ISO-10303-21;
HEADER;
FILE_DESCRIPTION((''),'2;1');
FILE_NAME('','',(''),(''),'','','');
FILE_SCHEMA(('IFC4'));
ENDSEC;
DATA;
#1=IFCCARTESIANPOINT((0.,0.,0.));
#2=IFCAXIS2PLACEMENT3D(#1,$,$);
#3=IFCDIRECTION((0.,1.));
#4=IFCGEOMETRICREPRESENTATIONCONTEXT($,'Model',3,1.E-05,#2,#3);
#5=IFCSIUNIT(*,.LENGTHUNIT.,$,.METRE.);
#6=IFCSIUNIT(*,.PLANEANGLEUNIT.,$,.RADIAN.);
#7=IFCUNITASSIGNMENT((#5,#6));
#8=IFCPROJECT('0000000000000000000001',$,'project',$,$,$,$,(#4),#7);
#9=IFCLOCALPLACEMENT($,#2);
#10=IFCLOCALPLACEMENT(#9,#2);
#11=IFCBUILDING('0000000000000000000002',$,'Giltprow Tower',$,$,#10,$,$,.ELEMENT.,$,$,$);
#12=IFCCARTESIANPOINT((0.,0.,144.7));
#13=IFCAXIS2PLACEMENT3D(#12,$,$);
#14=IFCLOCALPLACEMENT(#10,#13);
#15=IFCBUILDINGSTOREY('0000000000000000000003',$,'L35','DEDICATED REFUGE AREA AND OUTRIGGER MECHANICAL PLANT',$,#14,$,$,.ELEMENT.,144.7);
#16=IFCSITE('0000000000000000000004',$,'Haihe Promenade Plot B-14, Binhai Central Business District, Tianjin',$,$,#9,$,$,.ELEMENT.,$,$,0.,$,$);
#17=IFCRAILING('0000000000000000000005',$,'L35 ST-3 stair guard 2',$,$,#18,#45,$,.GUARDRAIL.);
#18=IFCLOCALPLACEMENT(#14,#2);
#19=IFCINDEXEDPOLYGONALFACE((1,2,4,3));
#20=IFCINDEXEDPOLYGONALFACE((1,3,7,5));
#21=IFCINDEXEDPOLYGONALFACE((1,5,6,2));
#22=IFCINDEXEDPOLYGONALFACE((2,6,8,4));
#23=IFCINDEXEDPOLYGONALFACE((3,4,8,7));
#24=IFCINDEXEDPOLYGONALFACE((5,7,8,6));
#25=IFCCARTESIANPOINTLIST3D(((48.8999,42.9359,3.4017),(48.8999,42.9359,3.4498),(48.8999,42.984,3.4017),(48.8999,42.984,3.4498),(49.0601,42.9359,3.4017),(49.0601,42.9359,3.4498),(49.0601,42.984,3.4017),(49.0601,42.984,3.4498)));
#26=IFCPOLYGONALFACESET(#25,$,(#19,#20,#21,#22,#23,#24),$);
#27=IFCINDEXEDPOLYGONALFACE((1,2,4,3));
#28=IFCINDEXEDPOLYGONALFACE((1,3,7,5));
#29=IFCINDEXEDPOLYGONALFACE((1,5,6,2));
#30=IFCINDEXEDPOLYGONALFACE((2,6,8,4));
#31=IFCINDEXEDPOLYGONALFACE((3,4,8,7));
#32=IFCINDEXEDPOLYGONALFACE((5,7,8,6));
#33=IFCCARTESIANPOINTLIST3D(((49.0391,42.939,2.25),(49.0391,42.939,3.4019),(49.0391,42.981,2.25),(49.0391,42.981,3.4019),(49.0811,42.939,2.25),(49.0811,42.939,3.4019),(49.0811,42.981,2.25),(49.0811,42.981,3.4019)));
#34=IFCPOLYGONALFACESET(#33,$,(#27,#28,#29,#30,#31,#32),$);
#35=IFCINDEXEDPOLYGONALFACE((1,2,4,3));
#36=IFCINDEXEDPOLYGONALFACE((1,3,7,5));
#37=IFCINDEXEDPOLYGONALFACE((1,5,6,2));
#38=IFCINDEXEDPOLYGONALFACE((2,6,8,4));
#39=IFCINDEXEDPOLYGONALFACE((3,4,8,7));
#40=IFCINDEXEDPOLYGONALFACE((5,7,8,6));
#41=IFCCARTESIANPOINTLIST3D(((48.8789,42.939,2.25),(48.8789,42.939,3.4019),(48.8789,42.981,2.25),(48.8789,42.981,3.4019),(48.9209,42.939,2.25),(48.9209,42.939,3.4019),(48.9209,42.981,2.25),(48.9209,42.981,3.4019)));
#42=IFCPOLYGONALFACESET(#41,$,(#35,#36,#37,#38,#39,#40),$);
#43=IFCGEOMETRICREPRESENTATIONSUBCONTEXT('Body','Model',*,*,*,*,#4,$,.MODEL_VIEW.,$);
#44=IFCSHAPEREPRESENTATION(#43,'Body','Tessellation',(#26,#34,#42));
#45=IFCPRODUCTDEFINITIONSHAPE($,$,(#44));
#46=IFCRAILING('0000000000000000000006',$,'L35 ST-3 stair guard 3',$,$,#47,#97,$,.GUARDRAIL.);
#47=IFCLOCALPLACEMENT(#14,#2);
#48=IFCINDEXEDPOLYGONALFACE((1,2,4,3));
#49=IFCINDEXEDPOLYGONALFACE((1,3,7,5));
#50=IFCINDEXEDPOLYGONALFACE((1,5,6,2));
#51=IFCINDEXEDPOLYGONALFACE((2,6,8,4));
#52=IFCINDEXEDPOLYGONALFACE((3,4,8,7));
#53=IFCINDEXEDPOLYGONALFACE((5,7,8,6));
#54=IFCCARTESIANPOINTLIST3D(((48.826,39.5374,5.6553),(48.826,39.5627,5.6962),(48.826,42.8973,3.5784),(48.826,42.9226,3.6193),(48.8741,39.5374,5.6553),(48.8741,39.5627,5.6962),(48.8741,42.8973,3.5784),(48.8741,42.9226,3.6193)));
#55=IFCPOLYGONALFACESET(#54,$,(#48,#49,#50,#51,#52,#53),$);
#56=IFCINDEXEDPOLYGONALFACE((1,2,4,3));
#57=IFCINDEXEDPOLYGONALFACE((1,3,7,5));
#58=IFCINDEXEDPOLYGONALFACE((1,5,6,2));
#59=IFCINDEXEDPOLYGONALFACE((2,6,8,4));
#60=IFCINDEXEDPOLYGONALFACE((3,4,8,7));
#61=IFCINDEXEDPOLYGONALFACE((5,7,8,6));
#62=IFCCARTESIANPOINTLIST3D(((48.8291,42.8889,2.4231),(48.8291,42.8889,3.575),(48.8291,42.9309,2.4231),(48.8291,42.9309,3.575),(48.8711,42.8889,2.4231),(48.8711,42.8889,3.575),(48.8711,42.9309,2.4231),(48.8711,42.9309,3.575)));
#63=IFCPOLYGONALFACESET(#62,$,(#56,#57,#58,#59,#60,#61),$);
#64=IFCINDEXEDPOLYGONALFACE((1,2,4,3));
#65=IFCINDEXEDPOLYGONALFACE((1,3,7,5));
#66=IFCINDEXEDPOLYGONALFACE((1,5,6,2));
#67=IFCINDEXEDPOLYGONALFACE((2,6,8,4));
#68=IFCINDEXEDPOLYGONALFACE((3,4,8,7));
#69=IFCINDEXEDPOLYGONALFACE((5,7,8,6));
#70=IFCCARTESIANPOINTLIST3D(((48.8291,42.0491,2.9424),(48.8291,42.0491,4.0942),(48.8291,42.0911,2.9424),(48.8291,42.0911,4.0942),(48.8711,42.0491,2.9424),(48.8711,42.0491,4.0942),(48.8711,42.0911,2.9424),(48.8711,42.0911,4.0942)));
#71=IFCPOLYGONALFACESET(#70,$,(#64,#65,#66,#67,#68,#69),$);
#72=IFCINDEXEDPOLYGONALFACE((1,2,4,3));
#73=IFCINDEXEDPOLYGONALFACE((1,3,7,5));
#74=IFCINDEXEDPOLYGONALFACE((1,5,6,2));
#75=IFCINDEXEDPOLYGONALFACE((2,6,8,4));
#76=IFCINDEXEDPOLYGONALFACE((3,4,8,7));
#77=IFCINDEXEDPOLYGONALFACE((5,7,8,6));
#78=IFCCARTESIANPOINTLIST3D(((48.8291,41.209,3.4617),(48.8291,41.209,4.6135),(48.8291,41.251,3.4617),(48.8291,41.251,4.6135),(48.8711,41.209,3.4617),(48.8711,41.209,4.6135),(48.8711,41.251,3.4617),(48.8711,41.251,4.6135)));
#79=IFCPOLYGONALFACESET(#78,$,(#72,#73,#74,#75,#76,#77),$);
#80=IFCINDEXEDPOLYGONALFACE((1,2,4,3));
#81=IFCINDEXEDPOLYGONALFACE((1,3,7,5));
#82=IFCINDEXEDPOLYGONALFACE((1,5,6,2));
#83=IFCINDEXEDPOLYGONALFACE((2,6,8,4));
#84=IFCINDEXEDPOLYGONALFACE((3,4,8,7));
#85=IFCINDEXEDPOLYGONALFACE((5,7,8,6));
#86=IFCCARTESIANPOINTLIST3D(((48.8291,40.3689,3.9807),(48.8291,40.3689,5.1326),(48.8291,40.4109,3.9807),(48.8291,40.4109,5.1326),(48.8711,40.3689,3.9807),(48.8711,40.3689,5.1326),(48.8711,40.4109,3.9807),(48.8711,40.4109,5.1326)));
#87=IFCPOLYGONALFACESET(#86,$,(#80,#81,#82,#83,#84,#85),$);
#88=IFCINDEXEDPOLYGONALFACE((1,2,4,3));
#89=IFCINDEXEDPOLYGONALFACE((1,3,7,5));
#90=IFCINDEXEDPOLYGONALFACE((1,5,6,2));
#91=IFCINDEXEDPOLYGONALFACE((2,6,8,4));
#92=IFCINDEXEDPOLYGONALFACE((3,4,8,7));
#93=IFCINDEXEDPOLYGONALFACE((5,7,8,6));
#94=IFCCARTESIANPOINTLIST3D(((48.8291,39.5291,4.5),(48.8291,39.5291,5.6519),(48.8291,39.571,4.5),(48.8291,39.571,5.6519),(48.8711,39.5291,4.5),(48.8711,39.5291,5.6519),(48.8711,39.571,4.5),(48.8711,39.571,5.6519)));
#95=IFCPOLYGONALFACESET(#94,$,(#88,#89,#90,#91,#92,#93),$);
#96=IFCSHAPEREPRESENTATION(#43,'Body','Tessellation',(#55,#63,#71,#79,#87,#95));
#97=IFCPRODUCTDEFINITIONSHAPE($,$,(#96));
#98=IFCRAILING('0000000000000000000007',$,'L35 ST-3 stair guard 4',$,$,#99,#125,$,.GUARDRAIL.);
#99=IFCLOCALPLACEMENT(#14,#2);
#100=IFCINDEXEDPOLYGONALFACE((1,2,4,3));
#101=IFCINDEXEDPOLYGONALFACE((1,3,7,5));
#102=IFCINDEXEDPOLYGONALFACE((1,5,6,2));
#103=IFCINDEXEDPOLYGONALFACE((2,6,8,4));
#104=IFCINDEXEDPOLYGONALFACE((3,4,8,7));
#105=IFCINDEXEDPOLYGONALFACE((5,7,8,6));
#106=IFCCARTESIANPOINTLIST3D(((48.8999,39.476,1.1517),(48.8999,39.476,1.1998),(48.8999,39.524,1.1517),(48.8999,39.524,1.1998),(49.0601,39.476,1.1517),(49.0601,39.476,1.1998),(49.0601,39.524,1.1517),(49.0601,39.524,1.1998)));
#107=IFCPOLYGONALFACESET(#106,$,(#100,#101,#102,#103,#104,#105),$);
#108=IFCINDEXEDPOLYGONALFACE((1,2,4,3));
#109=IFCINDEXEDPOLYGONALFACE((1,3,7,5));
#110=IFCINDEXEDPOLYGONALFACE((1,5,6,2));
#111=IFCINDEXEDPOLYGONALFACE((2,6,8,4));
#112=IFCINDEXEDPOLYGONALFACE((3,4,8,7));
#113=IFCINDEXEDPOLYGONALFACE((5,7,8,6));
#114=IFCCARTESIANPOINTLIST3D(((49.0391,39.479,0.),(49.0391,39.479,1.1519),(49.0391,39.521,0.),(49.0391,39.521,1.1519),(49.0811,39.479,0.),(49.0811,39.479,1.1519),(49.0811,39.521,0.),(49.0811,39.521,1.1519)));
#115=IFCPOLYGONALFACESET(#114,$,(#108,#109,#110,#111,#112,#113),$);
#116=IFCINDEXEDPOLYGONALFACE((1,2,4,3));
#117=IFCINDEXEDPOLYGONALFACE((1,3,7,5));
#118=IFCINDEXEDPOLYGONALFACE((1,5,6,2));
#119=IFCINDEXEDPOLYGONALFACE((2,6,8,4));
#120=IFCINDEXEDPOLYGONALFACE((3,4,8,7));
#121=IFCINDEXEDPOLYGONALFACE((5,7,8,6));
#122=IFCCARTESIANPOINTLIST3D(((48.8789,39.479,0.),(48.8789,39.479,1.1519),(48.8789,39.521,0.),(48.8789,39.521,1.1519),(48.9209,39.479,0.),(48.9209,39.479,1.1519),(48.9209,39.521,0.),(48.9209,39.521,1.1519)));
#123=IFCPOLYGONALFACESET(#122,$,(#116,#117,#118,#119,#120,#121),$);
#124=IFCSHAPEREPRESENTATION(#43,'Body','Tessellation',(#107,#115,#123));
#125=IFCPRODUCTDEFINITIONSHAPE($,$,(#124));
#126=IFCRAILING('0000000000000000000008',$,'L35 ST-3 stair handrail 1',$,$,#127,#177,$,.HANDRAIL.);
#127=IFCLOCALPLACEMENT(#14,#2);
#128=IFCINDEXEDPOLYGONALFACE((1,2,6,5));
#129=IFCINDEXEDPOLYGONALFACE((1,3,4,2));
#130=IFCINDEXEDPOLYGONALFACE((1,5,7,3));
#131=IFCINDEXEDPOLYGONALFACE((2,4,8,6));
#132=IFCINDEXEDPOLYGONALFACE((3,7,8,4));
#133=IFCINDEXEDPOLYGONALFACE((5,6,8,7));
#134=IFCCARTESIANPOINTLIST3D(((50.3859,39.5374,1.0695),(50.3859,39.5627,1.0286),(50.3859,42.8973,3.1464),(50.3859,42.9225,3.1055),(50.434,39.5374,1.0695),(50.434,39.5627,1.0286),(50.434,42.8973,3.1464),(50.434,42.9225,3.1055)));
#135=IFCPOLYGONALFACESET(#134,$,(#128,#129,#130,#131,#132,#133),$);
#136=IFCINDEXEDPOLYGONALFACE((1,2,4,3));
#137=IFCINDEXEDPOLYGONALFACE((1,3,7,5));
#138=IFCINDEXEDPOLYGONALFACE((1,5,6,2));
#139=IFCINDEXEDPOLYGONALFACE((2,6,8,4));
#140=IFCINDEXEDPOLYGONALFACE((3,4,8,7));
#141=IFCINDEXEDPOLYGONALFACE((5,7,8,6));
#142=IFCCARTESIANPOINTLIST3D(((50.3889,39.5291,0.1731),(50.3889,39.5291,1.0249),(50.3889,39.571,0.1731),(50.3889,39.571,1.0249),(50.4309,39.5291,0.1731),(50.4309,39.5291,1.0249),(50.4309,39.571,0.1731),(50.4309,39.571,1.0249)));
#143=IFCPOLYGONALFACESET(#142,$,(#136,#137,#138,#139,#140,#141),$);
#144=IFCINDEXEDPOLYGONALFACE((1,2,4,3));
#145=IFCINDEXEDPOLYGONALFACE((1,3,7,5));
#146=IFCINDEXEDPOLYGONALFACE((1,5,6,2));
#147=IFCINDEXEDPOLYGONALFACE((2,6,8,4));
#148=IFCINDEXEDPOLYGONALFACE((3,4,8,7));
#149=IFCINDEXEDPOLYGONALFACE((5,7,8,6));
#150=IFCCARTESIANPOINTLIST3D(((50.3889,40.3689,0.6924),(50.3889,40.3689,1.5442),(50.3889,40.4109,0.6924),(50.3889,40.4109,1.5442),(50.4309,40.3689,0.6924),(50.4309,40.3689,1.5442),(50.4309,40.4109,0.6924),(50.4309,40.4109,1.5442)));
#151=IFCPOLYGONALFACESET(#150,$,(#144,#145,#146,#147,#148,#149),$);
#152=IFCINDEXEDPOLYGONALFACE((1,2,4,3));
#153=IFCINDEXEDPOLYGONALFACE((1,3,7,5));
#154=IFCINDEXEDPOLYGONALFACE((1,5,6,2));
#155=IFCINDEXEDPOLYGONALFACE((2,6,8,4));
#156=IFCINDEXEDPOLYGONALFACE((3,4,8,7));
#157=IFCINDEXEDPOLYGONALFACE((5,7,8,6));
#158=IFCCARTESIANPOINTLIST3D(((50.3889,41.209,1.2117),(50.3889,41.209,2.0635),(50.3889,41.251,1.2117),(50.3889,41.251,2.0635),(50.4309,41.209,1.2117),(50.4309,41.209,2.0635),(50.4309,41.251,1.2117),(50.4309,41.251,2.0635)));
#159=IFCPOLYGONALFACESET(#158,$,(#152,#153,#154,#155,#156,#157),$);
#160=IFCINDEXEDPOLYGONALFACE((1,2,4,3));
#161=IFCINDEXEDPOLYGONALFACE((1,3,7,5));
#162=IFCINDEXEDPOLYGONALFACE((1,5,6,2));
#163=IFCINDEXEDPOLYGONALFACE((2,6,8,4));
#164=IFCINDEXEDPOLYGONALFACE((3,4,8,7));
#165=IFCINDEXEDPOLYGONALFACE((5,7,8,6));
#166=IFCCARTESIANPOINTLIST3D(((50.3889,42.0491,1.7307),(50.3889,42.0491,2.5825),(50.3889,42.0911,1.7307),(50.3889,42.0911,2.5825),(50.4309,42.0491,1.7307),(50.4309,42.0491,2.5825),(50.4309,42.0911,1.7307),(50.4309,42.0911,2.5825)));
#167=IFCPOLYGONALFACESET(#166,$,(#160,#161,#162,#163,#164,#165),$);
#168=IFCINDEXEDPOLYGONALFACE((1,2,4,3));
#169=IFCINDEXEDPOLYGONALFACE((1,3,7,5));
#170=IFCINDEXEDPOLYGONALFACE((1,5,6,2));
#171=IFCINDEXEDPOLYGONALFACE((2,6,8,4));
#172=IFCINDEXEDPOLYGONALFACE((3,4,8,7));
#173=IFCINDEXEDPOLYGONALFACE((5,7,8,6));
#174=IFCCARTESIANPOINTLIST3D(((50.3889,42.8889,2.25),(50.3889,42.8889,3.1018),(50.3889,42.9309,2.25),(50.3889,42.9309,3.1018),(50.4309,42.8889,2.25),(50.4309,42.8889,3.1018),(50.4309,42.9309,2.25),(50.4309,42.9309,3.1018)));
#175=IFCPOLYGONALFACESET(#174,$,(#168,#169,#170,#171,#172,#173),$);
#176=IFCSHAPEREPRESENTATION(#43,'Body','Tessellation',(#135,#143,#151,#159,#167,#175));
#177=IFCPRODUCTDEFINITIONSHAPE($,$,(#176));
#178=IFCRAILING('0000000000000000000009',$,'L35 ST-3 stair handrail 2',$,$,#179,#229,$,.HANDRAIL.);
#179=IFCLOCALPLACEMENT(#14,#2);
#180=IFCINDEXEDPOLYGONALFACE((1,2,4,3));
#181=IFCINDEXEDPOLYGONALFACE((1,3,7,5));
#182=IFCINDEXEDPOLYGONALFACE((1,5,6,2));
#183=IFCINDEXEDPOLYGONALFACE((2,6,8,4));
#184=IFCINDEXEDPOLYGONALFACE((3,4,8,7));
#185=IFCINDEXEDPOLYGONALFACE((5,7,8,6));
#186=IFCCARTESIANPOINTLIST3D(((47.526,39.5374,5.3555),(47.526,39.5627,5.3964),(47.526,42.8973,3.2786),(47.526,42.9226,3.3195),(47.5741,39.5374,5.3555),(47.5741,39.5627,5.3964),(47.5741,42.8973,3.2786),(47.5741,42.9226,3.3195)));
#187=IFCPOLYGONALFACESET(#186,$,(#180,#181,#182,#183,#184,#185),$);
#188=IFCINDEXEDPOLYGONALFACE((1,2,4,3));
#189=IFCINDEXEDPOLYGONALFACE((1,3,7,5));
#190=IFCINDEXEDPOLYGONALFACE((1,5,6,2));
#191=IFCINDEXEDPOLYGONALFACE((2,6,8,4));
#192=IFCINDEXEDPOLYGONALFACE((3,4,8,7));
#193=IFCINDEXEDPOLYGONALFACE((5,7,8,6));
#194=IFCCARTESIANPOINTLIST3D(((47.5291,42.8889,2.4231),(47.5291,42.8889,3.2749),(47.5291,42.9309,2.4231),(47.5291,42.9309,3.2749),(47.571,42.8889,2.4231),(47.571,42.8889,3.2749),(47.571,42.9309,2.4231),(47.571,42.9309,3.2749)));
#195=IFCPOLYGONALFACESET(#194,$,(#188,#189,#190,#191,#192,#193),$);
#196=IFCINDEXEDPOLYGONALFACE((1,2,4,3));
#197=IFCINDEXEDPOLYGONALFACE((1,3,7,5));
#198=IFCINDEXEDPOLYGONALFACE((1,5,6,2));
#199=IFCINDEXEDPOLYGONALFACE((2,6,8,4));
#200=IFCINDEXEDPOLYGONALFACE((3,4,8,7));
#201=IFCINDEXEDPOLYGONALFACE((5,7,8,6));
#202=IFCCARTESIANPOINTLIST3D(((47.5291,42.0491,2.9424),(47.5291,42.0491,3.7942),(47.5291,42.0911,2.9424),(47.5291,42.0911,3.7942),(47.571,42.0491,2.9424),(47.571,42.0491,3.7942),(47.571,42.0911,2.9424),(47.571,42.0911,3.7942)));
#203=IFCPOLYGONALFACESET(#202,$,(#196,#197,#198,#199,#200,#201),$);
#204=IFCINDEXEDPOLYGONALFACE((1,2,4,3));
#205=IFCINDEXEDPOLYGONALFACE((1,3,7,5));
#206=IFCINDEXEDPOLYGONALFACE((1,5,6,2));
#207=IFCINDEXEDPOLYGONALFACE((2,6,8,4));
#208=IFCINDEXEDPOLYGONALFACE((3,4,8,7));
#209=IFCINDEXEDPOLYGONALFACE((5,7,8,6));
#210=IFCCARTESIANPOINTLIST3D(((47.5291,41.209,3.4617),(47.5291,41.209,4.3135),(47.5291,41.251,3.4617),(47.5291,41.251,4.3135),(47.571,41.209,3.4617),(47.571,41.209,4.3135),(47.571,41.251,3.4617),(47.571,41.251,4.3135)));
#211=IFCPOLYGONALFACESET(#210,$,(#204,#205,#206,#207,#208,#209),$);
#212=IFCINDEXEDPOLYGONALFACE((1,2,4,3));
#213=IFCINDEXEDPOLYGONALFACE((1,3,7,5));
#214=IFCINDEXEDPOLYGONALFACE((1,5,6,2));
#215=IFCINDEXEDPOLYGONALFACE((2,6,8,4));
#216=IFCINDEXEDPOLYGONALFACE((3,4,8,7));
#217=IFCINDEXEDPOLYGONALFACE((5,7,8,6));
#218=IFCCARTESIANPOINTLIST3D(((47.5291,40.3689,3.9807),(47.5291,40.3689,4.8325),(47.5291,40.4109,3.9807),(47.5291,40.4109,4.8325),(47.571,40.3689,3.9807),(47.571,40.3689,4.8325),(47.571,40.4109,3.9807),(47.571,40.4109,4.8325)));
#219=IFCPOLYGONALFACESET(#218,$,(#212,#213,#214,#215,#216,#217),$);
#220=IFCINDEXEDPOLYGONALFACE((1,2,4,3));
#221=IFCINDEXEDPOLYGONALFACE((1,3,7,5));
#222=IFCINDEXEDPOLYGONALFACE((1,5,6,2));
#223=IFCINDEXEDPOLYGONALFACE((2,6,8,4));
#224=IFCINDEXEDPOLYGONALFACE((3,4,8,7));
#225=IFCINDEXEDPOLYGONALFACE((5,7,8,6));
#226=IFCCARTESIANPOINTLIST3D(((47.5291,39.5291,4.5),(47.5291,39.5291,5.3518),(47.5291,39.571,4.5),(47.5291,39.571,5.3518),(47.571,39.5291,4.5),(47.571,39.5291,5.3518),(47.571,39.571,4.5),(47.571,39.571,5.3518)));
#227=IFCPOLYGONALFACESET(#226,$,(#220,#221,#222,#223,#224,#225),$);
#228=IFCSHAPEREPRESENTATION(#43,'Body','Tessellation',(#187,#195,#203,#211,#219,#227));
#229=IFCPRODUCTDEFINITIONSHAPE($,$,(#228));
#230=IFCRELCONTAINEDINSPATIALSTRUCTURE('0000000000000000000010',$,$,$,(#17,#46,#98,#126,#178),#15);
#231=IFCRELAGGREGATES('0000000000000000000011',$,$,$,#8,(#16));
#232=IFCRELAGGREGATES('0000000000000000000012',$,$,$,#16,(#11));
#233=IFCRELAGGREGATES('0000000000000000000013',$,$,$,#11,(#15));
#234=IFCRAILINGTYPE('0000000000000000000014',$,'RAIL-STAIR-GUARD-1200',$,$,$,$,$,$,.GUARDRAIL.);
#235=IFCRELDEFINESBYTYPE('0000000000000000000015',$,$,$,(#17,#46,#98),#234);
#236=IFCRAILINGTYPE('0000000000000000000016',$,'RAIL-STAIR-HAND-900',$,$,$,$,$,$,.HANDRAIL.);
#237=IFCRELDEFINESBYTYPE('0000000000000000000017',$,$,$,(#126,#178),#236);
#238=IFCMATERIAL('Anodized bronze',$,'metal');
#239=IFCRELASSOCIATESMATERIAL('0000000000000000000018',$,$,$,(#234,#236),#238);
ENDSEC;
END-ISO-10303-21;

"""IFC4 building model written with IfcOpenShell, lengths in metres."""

from ifc_helpers import new_model, si_unit, direction, frame, origin, origin_2d, place, context, subcontext, project, spatial, rectangle, extrude, material, type_object, element, save


model = new_model("IFC4")

# Units and contexts
model_context = context("Model", 3, precision=1e-05, world=origin(), true_north=direction((0.0, 1.0)))
body_context = subcontext(model_context, "Body", "Model", "MODEL_VIEW")
ifc_project = project(units=[si_unit("LENGTHUNIT", "METRE"), si_unit("PLANEANGLEUNIT", "RADIAN")], contexts=[model_context])

# Site, building, storey
site_placement = place(None, origin())
site = spatial("IfcSite", under=ifc_project, at=site_placement, Name="Haihe Promenade Plot B-14, Binhai Central Business District, Tianjin", CompositionType="ELEMENT", RefElevation=0.0)
building_placement = place(site_placement, origin())
building = spatial("IfcBuilding", under=site, at=building_placement, Name="Giltprow Tower", CompositionType="ELEMENT")
storey_placement = place(building_placement, frame((0.0, 0.0, 144.7)))
storey = spatial("IfcBuildingStorey", under=building, at=storey_placement, Name="L35", Description="DEDICATED REFUGE AREA AND OUTRIGGER MECHANICAL PLANT", CompositionType="ELEMENT", Elevation=144.7)

# Railings
ifc_material_1 = material(Name="Anodized bronze", Category="metal")
railing_type_1 = type_object("IfcRailingType", Name="RAIL-STAIR-GUARD-1200", PredefinedType="GUARDRAIL", material=ifc_material_1)
railing_1_placement = place(storey_placement, frame((49.0601, 42.96, 2.25)))
element("IfcRailing", 1, at=railing_1_placement, inside=storey, type_object=railing_type_1, Name="L35 ST-3 stair guard 2", PredefinedType="GUARDRAIL", context=body_context, shape_type="SweptSolid", body=[
    extrude(rectangle(XDim=0.0481, YDim=0.0481, at=origin_2d()), frame((0.0, 0.0, 1.1758), z_axis=(-1.0, 0.0, 0.0), x_axis=(0.0, -1.0, 0.0)), (0.0, 0.0, 1.0), 0.1602),
    extrude(rectangle(XDim=0.042, YDim=0.042, at=origin_2d()), origin(), (0.0, 0.0, 1.0), 1.1519),
    extrude(rectangle(XDim=0.042, YDim=0.042, at=origin_2d()), frame((-0.1602, 0.0, 0.0)), (0.0, 0.0, 1.0), 1.1519),
])
railing_2_placement = place(storey_placement, frame((48.8501, 42.9099, 2.4231)))
element("IfcRailing", 2, at=railing_2_placement, inside=storey, type_object=railing_type_1, Name="L35 ST-3 stair guard 3", PredefinedType="GUARDRAIL", context=body_context, shape_type="SweptSolid", body=[
    extrude(rectangle(XDim=0.0481, YDim=0.0481, at=origin_2d()), frame((0.0, 0.0, 1.1758), z_axis=(0.0, -0.850606, 0.525803), x_axis=(1.0, 0.0, 0.0)), (0.0, 0.0, 1.0), 3.95),
    extrude(rectangle(XDim=0.042, YDim=0.042, at=origin_2d()), origin(), (0.0, 0.0, 1.0), 1.1519),
    extrude(rectangle(XDim=0.042, YDim=0.042, at=origin_2d()), frame((0.0, -0.8398, 0.5193)), (0.0, 0.0, 1.0), 1.1519),
    extrude(rectangle(XDim=0.042, YDim=0.042, at=origin_2d()), frame((0.0, -1.6799, 1.0386)), (0.0, 0.0, 1.0), 1.1519),
    extrude(rectangle(XDim=0.042, YDim=0.042, at=origin_2d()), frame((0.0, -2.52, 1.5576)), (0.0, 0.0, 1.0), 1.1519),
    extrude(rectangle(XDim=0.042, YDim=0.042, at=origin_2d()), frame((0.0, -3.3599, 2.0769)), (0.0, 0.0, 1.0), 1.1519),
])
railing_3_placement = place(storey_placement, frame((49.0601, 39.5, 0.0)))
element("IfcRailing", 3, at=railing_3_placement, inside=storey, type_object=railing_type_1, Name="L35 ST-3 stair guard 4", PredefinedType="GUARDRAIL", context=body_context, shape_type="SweptSolid", body=[
    extrude(rectangle(XDim=0.0481, YDim=0.0481, at=origin_2d()), frame((0.0, 0.0, 1.1758), z_axis=(-1.0, 0.0, 0.0), x_axis=(0.0, -1.0, 0.0)), (0.0, 0.0, 1.0), 0.1602),
    extrude(rectangle(XDim=0.042, YDim=0.042, at=origin_2d()), origin(), (0.0, 0.0, 1.0), 1.1519),
    extrude(rectangle(XDim=0.042, YDim=0.042, at=origin_2d()), frame((-0.1602, 0.0, 0.0)), (0.0, 0.0, 1.0), 1.1519),
])
railing_type_2 = type_object("IfcRailingType", Name="RAIL-STAIR-HAND-900", PredefinedType="HANDRAIL", material=ifc_material_1)
railing_4_placement = place(storey_placement, frame((50.4099, 39.55, 0.1731)))
element("IfcRailing", 4, at=railing_4_placement, inside=storey, type_object=railing_type_2, Name="L35 ST-3 stair handrail 1", PredefinedType="HANDRAIL", context=body_context, shape_type="SweptSolid", body=[
    extrude(rectangle(XDim=0.0481, YDim=0.0481, at=origin_2d()), frame((0.0, 0.0, 0.876), z_axis=(0.0, 0.850606, 0.525803), x_axis=(-1.0, 0.0, 0.0)), (0.0, 0.0, 1.0), 3.95),
    extrude(rectangle(XDim=0.042, YDim=0.042, at=origin_2d()), origin(), (0.0, 0.0, 1.0), 0.8518),
    extrude(rectangle(XDim=0.042, YDim=0.042, at=origin_2d()), frame((0.0, 0.8398, 0.5193)), (0.0, 0.0, 1.0), 0.8518),
    extrude(rectangle(XDim=0.042, YDim=0.042, at=origin_2d()), frame((0.0, 1.6799, 1.0386)), (0.0, 0.0, 1.0), 0.8518),
    extrude(rectangle(XDim=0.042, YDim=0.042, at=origin_2d()), frame((0.0, 2.52, 1.5576)), (0.0, 0.0, 1.0), 0.8518),
    extrude(rectangle(XDim=0.042, YDim=0.042, at=origin_2d()), frame((0.0, 3.3599, 2.0769)), (0.0, 0.0, 1.0), 0.8518),
])
railing_5_placement = place(storey_placement, frame((47.55, 42.9099, 2.4231)))
element("IfcRailing", 5, at=railing_5_placement, inside=storey, type_object=railing_type_2, Name="L35 ST-3 stair handrail 2", PredefinedType="HANDRAIL", context=body_context, shape_type="SweptSolid", body=[
    extrude(rectangle(XDim=0.0481, YDim=0.0481, at=origin_2d()), frame((0.0, 0.0, 0.876), z_axis=(0.0, -0.850606, 0.525803), x_axis=(1.0, 0.0, 0.0)), (0.0, 0.0, 1.0), 3.95),
    extrude(rectangle(XDim=0.042, YDim=0.042, at=origin_2d()), origin(), (0.0, 0.0, 1.0), 0.8518),
    extrude(rectangle(XDim=0.042, YDim=0.042, at=origin_2d()), frame((0.0, -0.8398, 0.5193)), (0.0, 0.0, 1.0), 0.8518),
    extrude(rectangle(XDim=0.042, YDim=0.042, at=origin_2d()), frame((0.0, -1.6799, 1.0386)), (0.0, 0.0, 1.0), 0.8518),
    extrude(rectangle(XDim=0.042, YDim=0.042, at=origin_2d()), frame((0.0, -2.52, 1.5576)), (0.0, 0.0, 1.0), 0.8518),
    extrude(rectangle(XDim=0.042, YDim=0.042, at=origin_2d()), frame((0.0, -3.3599, 2.0769)), (0.0, 0.0, 1.0), 0.8518),
])

save(model, "model.ifc")
